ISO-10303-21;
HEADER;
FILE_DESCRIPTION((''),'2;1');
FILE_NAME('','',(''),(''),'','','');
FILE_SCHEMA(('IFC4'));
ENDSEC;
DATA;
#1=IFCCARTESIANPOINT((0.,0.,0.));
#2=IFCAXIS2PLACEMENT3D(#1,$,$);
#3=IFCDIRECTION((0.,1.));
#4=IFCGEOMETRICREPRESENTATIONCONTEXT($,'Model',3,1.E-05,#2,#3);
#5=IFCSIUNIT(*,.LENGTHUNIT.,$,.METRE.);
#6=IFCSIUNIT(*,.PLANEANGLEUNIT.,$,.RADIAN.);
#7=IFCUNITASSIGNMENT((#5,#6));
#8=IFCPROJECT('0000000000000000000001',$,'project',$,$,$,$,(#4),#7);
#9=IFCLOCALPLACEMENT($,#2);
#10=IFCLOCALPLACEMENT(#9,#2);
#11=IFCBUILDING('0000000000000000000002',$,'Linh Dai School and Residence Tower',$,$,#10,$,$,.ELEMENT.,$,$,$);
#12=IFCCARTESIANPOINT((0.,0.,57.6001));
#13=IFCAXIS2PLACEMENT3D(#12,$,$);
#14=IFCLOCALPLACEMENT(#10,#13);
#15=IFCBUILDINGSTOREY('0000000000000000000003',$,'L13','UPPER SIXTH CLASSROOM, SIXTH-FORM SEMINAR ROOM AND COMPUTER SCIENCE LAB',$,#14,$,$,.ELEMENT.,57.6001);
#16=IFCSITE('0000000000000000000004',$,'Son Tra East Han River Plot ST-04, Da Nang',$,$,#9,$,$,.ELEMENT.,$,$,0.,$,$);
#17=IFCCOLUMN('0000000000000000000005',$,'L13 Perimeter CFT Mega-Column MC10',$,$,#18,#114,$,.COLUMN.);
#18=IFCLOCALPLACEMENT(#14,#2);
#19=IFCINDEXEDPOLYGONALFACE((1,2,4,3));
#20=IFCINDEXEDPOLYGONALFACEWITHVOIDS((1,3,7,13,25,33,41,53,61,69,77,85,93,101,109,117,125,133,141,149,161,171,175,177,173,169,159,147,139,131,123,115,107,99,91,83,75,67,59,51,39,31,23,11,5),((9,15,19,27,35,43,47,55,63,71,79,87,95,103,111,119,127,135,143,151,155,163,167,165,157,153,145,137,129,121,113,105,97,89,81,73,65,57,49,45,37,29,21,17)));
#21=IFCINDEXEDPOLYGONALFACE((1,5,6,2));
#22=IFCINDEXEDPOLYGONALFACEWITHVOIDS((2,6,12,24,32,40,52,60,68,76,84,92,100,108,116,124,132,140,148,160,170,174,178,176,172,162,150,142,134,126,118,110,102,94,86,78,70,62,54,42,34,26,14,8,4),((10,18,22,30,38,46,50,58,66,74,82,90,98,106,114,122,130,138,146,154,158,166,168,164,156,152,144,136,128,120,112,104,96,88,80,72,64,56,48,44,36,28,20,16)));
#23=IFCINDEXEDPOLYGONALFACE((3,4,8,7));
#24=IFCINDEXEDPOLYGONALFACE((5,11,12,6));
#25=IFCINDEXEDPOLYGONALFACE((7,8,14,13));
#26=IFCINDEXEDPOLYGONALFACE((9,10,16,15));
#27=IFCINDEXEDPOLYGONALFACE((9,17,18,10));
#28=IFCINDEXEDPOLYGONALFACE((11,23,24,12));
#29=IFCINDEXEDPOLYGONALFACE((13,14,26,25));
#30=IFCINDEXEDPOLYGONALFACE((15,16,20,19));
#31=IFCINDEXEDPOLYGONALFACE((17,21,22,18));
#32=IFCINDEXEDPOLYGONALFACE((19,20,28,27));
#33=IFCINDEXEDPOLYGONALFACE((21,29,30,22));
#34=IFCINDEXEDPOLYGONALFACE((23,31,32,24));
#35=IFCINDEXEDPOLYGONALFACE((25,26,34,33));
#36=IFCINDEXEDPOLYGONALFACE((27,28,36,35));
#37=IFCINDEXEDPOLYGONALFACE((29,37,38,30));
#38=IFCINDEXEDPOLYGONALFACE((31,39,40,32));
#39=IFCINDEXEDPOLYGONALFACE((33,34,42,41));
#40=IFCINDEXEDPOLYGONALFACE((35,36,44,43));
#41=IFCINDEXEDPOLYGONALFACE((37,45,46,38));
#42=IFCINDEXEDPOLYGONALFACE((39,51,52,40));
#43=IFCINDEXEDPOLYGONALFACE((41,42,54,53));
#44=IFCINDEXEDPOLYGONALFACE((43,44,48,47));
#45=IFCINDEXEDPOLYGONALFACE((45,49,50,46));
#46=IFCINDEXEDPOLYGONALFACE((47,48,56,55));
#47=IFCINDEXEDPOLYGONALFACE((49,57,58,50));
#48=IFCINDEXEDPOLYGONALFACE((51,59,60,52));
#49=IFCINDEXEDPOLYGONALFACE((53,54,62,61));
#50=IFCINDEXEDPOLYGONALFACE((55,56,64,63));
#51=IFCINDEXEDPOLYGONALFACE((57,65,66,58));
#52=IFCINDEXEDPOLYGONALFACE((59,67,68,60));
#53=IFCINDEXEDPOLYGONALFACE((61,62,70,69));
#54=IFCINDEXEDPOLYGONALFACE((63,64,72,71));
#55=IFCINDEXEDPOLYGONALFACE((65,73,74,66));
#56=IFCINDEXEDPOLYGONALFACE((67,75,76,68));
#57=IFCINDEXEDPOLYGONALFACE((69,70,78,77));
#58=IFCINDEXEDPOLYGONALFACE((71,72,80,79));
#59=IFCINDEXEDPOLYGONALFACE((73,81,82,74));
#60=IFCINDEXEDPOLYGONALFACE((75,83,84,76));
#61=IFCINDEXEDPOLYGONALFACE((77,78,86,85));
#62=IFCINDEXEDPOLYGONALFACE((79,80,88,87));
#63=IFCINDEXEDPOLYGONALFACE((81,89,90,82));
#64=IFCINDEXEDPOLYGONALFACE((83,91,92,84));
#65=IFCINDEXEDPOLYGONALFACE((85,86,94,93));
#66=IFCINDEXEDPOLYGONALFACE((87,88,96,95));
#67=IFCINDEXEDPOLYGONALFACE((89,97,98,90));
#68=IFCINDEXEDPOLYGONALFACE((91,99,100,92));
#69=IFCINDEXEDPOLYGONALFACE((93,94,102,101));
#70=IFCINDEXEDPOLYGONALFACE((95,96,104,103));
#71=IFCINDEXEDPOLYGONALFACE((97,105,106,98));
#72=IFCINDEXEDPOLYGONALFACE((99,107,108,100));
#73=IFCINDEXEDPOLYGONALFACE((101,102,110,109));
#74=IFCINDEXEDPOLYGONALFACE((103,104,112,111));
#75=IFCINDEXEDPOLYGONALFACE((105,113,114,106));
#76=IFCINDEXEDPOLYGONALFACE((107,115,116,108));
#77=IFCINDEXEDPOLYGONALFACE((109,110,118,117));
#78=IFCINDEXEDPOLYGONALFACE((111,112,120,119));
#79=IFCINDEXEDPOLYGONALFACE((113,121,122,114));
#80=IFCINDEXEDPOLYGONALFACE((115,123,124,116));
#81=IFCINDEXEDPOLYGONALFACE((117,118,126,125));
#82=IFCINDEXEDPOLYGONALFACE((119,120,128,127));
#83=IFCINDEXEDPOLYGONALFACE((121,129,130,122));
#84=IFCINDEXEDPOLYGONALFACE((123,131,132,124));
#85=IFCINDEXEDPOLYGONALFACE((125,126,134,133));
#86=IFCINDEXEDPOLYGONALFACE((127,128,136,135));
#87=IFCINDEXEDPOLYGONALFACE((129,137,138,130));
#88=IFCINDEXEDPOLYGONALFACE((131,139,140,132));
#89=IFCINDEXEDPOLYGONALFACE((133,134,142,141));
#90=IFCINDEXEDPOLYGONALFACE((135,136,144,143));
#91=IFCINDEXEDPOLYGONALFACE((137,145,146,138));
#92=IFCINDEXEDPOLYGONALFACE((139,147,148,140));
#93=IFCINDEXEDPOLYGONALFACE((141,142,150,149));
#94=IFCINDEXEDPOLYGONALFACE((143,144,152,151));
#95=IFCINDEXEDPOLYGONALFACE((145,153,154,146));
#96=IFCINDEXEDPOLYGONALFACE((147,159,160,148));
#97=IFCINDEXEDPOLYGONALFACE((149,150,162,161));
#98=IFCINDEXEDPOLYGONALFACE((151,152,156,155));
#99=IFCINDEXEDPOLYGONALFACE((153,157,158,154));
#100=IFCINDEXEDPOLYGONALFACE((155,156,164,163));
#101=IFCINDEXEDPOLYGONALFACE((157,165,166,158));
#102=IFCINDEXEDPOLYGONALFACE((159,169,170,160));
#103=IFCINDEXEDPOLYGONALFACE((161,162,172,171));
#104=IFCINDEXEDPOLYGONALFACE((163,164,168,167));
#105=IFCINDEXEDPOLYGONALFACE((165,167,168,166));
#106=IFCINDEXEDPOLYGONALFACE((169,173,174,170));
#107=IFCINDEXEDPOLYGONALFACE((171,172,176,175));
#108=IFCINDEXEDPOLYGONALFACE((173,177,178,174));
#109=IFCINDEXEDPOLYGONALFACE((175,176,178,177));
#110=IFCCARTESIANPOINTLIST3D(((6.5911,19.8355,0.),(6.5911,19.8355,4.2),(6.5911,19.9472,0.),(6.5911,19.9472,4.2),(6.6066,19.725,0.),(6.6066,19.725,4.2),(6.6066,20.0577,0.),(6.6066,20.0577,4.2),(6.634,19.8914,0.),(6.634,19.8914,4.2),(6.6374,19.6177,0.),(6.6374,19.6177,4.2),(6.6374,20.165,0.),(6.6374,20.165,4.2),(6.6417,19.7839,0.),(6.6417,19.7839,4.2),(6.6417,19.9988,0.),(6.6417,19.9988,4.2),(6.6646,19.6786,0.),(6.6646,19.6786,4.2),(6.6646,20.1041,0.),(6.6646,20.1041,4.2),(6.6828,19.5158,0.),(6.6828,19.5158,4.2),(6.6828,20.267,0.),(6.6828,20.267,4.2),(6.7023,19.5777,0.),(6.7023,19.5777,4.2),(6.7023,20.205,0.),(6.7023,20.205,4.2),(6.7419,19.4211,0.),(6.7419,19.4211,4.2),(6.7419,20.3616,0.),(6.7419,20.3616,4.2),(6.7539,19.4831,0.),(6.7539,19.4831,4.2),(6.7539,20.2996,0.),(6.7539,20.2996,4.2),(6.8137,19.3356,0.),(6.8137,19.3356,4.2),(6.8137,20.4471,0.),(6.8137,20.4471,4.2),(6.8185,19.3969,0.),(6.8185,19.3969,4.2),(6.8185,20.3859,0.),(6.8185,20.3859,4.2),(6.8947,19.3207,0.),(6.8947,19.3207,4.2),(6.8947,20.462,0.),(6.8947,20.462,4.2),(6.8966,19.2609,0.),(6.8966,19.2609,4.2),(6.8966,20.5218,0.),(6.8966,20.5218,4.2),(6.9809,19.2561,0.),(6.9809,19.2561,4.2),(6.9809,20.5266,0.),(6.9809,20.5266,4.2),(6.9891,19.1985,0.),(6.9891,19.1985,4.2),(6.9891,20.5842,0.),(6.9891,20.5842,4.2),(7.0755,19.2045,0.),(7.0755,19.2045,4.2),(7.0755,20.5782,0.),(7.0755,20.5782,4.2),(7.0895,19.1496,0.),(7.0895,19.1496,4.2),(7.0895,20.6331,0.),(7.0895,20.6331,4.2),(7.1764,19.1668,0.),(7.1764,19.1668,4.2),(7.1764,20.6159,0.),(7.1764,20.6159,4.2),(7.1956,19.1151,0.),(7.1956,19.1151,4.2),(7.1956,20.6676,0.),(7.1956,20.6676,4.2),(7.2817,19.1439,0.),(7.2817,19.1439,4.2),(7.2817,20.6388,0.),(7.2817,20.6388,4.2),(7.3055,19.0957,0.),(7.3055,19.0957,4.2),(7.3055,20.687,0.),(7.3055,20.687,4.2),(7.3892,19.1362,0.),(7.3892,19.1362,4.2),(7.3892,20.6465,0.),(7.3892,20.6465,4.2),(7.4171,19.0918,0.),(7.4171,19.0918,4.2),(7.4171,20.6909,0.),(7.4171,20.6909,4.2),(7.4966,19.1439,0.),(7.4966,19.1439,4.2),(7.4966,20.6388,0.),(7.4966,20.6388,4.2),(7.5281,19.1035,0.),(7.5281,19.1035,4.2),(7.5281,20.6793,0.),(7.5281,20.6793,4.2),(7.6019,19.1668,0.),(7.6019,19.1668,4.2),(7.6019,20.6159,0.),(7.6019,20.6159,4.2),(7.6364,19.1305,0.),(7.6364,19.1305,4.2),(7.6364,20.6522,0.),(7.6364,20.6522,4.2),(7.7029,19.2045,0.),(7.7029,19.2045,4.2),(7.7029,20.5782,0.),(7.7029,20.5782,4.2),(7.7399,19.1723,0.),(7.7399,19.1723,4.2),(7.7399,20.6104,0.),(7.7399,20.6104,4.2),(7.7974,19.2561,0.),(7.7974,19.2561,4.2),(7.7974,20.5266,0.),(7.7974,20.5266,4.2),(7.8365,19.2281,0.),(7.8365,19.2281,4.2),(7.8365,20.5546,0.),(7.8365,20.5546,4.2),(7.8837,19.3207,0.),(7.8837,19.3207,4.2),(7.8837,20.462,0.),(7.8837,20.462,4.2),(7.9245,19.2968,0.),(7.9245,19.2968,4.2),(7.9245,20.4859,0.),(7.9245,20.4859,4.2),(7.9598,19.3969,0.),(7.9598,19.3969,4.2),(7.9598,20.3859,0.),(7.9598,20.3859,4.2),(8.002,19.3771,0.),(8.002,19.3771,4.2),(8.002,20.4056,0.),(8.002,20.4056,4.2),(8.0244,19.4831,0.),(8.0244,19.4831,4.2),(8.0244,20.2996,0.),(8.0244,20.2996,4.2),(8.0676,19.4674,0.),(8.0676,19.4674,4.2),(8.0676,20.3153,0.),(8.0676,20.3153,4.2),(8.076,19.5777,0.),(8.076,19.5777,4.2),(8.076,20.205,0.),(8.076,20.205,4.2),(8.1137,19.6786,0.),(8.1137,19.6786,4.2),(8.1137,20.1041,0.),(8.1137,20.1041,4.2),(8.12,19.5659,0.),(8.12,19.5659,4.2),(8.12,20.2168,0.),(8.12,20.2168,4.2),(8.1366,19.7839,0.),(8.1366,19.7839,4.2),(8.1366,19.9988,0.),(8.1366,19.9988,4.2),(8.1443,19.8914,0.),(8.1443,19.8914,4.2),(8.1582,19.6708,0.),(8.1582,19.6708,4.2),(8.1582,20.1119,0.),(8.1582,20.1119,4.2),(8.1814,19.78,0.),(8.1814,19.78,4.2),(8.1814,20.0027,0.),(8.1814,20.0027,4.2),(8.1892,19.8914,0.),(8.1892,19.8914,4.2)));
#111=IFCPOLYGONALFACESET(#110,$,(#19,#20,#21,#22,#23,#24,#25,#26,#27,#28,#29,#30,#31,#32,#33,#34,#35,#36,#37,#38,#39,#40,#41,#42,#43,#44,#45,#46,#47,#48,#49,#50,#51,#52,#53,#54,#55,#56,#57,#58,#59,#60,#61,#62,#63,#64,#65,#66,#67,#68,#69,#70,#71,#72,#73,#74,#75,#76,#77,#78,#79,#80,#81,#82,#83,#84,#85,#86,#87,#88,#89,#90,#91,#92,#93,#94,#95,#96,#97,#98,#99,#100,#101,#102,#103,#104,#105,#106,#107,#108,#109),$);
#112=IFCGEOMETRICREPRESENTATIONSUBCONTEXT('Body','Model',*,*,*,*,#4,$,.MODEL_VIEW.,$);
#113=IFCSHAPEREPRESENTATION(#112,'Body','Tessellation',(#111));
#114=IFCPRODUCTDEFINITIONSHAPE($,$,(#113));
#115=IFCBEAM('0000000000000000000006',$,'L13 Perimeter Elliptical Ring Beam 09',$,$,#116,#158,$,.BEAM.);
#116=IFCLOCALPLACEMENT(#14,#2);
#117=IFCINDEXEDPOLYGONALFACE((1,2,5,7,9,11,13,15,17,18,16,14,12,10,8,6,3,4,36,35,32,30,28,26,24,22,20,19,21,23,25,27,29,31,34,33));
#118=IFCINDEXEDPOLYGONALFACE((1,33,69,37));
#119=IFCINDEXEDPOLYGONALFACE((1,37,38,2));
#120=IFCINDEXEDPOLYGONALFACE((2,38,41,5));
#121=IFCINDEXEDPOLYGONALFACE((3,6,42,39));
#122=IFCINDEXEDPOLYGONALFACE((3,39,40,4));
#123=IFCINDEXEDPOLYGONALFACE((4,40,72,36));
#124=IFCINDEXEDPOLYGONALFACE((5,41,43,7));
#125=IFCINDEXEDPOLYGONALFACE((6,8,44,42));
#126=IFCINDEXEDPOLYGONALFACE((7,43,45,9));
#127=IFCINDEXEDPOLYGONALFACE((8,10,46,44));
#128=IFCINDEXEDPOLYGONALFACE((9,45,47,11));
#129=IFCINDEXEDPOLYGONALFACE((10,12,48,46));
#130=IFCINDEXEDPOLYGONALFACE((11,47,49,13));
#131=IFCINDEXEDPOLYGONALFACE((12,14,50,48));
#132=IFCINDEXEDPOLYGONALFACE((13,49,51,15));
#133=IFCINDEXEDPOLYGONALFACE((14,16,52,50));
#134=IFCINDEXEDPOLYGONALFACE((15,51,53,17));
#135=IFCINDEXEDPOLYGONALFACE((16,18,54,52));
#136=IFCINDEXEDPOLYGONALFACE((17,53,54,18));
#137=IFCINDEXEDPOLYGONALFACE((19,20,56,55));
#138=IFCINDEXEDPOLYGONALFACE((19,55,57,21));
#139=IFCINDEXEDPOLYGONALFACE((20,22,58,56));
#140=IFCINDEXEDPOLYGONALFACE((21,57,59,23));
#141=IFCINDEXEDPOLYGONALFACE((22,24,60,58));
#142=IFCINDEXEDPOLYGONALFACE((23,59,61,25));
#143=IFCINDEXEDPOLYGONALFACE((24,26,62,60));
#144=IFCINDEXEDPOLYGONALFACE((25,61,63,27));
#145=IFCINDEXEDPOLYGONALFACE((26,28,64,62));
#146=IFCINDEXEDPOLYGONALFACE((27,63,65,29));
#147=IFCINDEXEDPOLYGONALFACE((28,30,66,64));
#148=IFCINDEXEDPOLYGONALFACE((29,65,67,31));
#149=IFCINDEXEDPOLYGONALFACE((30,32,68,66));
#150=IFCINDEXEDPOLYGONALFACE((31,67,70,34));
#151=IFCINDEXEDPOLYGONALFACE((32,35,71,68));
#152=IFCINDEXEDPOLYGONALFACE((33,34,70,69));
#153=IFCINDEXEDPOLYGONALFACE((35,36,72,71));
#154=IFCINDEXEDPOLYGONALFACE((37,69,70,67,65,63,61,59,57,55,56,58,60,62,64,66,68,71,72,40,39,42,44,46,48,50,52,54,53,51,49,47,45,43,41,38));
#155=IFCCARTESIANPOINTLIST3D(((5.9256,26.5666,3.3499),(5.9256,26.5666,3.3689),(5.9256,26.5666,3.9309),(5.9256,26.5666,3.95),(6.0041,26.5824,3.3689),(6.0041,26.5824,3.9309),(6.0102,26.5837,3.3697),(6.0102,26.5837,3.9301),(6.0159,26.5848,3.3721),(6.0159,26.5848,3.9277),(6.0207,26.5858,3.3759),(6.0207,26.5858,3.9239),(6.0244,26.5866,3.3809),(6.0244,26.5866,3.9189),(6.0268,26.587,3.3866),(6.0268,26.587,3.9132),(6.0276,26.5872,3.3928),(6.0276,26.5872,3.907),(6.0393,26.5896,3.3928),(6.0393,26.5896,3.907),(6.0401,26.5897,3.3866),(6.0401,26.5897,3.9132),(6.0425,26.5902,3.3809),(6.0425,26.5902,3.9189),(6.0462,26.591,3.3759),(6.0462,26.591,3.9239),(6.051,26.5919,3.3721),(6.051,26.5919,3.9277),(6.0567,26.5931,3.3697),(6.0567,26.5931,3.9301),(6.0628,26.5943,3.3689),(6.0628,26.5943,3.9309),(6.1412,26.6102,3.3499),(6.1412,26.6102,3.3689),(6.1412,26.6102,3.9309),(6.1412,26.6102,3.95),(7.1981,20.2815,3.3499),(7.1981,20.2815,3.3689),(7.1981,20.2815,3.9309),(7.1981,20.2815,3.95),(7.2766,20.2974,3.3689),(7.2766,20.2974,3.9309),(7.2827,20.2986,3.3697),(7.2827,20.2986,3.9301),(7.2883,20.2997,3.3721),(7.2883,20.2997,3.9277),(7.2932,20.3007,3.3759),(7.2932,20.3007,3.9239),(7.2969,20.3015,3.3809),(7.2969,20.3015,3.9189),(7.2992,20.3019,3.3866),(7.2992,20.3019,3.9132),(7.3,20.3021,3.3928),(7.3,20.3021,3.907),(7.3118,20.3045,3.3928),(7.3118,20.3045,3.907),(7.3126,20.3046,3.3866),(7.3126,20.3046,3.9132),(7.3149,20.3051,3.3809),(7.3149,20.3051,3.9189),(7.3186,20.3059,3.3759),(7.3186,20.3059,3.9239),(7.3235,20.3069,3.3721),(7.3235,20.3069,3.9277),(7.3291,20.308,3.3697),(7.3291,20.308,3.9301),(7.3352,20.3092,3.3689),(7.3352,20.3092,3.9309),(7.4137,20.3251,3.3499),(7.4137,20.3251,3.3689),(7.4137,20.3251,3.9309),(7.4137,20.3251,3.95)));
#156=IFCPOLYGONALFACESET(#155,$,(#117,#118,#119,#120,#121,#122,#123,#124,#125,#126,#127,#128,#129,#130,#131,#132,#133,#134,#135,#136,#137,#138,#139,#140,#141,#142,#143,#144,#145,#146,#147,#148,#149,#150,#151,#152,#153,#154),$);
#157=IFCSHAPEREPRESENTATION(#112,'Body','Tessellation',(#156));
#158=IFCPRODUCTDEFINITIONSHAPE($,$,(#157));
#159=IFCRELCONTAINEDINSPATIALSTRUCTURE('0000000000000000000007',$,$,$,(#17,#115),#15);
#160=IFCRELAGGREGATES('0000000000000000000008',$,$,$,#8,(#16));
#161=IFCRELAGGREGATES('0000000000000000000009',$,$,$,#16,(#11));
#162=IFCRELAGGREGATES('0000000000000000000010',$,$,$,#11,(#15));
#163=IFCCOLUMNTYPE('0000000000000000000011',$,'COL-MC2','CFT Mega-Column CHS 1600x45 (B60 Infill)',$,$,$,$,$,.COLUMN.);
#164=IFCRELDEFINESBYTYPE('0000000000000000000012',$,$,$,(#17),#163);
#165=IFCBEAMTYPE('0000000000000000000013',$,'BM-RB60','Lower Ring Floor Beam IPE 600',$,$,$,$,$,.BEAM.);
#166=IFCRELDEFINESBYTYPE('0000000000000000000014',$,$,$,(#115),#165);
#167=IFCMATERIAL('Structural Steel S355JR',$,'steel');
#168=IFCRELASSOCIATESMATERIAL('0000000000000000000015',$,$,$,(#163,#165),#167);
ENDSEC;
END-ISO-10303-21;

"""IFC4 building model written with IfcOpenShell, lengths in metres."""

from ifc_helpers import new_model, si_unit, direction, frame, origin, origin_2d, place, context, subcontext, project, spatial, hollow_circle, i_section, extrude, material, material_profile, profile_set, type_object, element, save


model = new_model("IFC4")

# Units and contexts
model_context = context("Model", 3, precision=1e-05, world=origin(), true_north=direction((0.0, 1.0)))
body_context = subcontext(model_context, "Body", "Model", "MODEL_VIEW")
ifc_project = project(units=[si_unit("LENGTHUNIT", "METRE"), si_unit("PLANEANGLEUNIT", "RADIAN")], contexts=[model_context])

# Site, building, storey
site_placement = place(None, origin())
site = spatial("IfcSite", under=ifc_project, at=site_placement, Name="Son Tra East Han River Plot ST-04, Da Nang", CompositionType="ELEMENT", RefElevation=0.0)
building_placement = place(site_placement, origin())
building = spatial("IfcBuilding", under=site, at=building_placement, Name="Linh Dai School and Residence Tower", CompositionType="ELEMENT")
storey_placement = place(building_placement, frame((0.0, 0.0, 57.6001)))
storey = spatial("IfcBuildingStorey", under=building, at=storey_placement, Name="L13", Description="UPPER SIXTH CLASSROOM, SIXTH-FORM SEMINAR ROOM AND COMPUTER SCIENCE LAB", CompositionType="ELEMENT", Elevation=57.6001)

# Column
ifc_material_1 = material(Name="Structural Steel S355JR", Category="steel")
ifc_material_profile_1 = material_profile(ifc_material_1, hollow_circle(Radius=0.8, WallThickness=0.0449, at=origin_2d()), Name="CHS 1600x45")
ifc_profile_set_1 = profile_set([ifc_material_profile_1], Name="Structural Steel S355JR")
column_type = type_object("IfcColumnType", Name="COL-MC2", Description="CFT Mega-Column CHS 1600x45 (B60 Infill)", PredefinedType="COLUMN", material=ifc_profile_set_1)
for number, where, z_axis, x_axis, name in (
    (1, (7.3892, 19.8914, 0.0), (0.0, 0.0, 1.0), (1.0, 0.0, 0.0), "L13 Perimeter CFT Mega-Column MC10"),
):
    element("IfcColumn", number, at=place(storey_placement, frame(where, z_axis=z_axis, x_axis=x_axis)), inside=storey, type_object=column_type, Name=name, PredefinedType="COLUMN", context=body_context, shape_type="SweptSolid", body=[
        extrude(hollow_circle(Radius=0.8, WallThickness=0.0449, at=origin_2d()), origin(), (0.0, 0.0, 1.0), 4.2),
    ])

# Beam
ifc_material_profile_2 = material_profile(ifc_material_1, i_section(OverallWidth=0.22, OverallDepth=0.6001, WebThickness=0.012, FlangeThickness=0.019, FilletRadius=0.0239, at=origin_2d()), Name="IPE 600")
ifc_profile_set_2 = profile_set([ifc_material_profile_2], Name="Structural Steel S355JR")
beam_type_1 = type_object("IfcBeamType", Name="BM-RB60", Description="Lower Ring Floor Beam IPE 600", PredefinedType="BEAM", material=ifc_profile_set_2)
beam_1_placement = place(storey_placement, frame((6.0334, 26.5884, 3.6499), z_axis=(0.198429, -0.980115, 0.0), x_axis=(0.980115, 0.198429, 0.0)))
element("IfcBeam", 2, at=beam_1_placement, inside=storey, type_object=beam_type_1, Name="L13 Perimeter Elliptical Ring Beam 09", PredefinedType="BEAM", context=body_context, shape_type="SweptSolid", body=[
    extrude(i_section(OverallWidth=0.22, OverallDepth=0.6001, WebThickness=0.012, FlangeThickness=0.019, FilletRadius=0.0239, at=origin_2d()), origin(), (0.0, 0.0, 1.0), 6.4126),
])

save(model, "model.ifc")
